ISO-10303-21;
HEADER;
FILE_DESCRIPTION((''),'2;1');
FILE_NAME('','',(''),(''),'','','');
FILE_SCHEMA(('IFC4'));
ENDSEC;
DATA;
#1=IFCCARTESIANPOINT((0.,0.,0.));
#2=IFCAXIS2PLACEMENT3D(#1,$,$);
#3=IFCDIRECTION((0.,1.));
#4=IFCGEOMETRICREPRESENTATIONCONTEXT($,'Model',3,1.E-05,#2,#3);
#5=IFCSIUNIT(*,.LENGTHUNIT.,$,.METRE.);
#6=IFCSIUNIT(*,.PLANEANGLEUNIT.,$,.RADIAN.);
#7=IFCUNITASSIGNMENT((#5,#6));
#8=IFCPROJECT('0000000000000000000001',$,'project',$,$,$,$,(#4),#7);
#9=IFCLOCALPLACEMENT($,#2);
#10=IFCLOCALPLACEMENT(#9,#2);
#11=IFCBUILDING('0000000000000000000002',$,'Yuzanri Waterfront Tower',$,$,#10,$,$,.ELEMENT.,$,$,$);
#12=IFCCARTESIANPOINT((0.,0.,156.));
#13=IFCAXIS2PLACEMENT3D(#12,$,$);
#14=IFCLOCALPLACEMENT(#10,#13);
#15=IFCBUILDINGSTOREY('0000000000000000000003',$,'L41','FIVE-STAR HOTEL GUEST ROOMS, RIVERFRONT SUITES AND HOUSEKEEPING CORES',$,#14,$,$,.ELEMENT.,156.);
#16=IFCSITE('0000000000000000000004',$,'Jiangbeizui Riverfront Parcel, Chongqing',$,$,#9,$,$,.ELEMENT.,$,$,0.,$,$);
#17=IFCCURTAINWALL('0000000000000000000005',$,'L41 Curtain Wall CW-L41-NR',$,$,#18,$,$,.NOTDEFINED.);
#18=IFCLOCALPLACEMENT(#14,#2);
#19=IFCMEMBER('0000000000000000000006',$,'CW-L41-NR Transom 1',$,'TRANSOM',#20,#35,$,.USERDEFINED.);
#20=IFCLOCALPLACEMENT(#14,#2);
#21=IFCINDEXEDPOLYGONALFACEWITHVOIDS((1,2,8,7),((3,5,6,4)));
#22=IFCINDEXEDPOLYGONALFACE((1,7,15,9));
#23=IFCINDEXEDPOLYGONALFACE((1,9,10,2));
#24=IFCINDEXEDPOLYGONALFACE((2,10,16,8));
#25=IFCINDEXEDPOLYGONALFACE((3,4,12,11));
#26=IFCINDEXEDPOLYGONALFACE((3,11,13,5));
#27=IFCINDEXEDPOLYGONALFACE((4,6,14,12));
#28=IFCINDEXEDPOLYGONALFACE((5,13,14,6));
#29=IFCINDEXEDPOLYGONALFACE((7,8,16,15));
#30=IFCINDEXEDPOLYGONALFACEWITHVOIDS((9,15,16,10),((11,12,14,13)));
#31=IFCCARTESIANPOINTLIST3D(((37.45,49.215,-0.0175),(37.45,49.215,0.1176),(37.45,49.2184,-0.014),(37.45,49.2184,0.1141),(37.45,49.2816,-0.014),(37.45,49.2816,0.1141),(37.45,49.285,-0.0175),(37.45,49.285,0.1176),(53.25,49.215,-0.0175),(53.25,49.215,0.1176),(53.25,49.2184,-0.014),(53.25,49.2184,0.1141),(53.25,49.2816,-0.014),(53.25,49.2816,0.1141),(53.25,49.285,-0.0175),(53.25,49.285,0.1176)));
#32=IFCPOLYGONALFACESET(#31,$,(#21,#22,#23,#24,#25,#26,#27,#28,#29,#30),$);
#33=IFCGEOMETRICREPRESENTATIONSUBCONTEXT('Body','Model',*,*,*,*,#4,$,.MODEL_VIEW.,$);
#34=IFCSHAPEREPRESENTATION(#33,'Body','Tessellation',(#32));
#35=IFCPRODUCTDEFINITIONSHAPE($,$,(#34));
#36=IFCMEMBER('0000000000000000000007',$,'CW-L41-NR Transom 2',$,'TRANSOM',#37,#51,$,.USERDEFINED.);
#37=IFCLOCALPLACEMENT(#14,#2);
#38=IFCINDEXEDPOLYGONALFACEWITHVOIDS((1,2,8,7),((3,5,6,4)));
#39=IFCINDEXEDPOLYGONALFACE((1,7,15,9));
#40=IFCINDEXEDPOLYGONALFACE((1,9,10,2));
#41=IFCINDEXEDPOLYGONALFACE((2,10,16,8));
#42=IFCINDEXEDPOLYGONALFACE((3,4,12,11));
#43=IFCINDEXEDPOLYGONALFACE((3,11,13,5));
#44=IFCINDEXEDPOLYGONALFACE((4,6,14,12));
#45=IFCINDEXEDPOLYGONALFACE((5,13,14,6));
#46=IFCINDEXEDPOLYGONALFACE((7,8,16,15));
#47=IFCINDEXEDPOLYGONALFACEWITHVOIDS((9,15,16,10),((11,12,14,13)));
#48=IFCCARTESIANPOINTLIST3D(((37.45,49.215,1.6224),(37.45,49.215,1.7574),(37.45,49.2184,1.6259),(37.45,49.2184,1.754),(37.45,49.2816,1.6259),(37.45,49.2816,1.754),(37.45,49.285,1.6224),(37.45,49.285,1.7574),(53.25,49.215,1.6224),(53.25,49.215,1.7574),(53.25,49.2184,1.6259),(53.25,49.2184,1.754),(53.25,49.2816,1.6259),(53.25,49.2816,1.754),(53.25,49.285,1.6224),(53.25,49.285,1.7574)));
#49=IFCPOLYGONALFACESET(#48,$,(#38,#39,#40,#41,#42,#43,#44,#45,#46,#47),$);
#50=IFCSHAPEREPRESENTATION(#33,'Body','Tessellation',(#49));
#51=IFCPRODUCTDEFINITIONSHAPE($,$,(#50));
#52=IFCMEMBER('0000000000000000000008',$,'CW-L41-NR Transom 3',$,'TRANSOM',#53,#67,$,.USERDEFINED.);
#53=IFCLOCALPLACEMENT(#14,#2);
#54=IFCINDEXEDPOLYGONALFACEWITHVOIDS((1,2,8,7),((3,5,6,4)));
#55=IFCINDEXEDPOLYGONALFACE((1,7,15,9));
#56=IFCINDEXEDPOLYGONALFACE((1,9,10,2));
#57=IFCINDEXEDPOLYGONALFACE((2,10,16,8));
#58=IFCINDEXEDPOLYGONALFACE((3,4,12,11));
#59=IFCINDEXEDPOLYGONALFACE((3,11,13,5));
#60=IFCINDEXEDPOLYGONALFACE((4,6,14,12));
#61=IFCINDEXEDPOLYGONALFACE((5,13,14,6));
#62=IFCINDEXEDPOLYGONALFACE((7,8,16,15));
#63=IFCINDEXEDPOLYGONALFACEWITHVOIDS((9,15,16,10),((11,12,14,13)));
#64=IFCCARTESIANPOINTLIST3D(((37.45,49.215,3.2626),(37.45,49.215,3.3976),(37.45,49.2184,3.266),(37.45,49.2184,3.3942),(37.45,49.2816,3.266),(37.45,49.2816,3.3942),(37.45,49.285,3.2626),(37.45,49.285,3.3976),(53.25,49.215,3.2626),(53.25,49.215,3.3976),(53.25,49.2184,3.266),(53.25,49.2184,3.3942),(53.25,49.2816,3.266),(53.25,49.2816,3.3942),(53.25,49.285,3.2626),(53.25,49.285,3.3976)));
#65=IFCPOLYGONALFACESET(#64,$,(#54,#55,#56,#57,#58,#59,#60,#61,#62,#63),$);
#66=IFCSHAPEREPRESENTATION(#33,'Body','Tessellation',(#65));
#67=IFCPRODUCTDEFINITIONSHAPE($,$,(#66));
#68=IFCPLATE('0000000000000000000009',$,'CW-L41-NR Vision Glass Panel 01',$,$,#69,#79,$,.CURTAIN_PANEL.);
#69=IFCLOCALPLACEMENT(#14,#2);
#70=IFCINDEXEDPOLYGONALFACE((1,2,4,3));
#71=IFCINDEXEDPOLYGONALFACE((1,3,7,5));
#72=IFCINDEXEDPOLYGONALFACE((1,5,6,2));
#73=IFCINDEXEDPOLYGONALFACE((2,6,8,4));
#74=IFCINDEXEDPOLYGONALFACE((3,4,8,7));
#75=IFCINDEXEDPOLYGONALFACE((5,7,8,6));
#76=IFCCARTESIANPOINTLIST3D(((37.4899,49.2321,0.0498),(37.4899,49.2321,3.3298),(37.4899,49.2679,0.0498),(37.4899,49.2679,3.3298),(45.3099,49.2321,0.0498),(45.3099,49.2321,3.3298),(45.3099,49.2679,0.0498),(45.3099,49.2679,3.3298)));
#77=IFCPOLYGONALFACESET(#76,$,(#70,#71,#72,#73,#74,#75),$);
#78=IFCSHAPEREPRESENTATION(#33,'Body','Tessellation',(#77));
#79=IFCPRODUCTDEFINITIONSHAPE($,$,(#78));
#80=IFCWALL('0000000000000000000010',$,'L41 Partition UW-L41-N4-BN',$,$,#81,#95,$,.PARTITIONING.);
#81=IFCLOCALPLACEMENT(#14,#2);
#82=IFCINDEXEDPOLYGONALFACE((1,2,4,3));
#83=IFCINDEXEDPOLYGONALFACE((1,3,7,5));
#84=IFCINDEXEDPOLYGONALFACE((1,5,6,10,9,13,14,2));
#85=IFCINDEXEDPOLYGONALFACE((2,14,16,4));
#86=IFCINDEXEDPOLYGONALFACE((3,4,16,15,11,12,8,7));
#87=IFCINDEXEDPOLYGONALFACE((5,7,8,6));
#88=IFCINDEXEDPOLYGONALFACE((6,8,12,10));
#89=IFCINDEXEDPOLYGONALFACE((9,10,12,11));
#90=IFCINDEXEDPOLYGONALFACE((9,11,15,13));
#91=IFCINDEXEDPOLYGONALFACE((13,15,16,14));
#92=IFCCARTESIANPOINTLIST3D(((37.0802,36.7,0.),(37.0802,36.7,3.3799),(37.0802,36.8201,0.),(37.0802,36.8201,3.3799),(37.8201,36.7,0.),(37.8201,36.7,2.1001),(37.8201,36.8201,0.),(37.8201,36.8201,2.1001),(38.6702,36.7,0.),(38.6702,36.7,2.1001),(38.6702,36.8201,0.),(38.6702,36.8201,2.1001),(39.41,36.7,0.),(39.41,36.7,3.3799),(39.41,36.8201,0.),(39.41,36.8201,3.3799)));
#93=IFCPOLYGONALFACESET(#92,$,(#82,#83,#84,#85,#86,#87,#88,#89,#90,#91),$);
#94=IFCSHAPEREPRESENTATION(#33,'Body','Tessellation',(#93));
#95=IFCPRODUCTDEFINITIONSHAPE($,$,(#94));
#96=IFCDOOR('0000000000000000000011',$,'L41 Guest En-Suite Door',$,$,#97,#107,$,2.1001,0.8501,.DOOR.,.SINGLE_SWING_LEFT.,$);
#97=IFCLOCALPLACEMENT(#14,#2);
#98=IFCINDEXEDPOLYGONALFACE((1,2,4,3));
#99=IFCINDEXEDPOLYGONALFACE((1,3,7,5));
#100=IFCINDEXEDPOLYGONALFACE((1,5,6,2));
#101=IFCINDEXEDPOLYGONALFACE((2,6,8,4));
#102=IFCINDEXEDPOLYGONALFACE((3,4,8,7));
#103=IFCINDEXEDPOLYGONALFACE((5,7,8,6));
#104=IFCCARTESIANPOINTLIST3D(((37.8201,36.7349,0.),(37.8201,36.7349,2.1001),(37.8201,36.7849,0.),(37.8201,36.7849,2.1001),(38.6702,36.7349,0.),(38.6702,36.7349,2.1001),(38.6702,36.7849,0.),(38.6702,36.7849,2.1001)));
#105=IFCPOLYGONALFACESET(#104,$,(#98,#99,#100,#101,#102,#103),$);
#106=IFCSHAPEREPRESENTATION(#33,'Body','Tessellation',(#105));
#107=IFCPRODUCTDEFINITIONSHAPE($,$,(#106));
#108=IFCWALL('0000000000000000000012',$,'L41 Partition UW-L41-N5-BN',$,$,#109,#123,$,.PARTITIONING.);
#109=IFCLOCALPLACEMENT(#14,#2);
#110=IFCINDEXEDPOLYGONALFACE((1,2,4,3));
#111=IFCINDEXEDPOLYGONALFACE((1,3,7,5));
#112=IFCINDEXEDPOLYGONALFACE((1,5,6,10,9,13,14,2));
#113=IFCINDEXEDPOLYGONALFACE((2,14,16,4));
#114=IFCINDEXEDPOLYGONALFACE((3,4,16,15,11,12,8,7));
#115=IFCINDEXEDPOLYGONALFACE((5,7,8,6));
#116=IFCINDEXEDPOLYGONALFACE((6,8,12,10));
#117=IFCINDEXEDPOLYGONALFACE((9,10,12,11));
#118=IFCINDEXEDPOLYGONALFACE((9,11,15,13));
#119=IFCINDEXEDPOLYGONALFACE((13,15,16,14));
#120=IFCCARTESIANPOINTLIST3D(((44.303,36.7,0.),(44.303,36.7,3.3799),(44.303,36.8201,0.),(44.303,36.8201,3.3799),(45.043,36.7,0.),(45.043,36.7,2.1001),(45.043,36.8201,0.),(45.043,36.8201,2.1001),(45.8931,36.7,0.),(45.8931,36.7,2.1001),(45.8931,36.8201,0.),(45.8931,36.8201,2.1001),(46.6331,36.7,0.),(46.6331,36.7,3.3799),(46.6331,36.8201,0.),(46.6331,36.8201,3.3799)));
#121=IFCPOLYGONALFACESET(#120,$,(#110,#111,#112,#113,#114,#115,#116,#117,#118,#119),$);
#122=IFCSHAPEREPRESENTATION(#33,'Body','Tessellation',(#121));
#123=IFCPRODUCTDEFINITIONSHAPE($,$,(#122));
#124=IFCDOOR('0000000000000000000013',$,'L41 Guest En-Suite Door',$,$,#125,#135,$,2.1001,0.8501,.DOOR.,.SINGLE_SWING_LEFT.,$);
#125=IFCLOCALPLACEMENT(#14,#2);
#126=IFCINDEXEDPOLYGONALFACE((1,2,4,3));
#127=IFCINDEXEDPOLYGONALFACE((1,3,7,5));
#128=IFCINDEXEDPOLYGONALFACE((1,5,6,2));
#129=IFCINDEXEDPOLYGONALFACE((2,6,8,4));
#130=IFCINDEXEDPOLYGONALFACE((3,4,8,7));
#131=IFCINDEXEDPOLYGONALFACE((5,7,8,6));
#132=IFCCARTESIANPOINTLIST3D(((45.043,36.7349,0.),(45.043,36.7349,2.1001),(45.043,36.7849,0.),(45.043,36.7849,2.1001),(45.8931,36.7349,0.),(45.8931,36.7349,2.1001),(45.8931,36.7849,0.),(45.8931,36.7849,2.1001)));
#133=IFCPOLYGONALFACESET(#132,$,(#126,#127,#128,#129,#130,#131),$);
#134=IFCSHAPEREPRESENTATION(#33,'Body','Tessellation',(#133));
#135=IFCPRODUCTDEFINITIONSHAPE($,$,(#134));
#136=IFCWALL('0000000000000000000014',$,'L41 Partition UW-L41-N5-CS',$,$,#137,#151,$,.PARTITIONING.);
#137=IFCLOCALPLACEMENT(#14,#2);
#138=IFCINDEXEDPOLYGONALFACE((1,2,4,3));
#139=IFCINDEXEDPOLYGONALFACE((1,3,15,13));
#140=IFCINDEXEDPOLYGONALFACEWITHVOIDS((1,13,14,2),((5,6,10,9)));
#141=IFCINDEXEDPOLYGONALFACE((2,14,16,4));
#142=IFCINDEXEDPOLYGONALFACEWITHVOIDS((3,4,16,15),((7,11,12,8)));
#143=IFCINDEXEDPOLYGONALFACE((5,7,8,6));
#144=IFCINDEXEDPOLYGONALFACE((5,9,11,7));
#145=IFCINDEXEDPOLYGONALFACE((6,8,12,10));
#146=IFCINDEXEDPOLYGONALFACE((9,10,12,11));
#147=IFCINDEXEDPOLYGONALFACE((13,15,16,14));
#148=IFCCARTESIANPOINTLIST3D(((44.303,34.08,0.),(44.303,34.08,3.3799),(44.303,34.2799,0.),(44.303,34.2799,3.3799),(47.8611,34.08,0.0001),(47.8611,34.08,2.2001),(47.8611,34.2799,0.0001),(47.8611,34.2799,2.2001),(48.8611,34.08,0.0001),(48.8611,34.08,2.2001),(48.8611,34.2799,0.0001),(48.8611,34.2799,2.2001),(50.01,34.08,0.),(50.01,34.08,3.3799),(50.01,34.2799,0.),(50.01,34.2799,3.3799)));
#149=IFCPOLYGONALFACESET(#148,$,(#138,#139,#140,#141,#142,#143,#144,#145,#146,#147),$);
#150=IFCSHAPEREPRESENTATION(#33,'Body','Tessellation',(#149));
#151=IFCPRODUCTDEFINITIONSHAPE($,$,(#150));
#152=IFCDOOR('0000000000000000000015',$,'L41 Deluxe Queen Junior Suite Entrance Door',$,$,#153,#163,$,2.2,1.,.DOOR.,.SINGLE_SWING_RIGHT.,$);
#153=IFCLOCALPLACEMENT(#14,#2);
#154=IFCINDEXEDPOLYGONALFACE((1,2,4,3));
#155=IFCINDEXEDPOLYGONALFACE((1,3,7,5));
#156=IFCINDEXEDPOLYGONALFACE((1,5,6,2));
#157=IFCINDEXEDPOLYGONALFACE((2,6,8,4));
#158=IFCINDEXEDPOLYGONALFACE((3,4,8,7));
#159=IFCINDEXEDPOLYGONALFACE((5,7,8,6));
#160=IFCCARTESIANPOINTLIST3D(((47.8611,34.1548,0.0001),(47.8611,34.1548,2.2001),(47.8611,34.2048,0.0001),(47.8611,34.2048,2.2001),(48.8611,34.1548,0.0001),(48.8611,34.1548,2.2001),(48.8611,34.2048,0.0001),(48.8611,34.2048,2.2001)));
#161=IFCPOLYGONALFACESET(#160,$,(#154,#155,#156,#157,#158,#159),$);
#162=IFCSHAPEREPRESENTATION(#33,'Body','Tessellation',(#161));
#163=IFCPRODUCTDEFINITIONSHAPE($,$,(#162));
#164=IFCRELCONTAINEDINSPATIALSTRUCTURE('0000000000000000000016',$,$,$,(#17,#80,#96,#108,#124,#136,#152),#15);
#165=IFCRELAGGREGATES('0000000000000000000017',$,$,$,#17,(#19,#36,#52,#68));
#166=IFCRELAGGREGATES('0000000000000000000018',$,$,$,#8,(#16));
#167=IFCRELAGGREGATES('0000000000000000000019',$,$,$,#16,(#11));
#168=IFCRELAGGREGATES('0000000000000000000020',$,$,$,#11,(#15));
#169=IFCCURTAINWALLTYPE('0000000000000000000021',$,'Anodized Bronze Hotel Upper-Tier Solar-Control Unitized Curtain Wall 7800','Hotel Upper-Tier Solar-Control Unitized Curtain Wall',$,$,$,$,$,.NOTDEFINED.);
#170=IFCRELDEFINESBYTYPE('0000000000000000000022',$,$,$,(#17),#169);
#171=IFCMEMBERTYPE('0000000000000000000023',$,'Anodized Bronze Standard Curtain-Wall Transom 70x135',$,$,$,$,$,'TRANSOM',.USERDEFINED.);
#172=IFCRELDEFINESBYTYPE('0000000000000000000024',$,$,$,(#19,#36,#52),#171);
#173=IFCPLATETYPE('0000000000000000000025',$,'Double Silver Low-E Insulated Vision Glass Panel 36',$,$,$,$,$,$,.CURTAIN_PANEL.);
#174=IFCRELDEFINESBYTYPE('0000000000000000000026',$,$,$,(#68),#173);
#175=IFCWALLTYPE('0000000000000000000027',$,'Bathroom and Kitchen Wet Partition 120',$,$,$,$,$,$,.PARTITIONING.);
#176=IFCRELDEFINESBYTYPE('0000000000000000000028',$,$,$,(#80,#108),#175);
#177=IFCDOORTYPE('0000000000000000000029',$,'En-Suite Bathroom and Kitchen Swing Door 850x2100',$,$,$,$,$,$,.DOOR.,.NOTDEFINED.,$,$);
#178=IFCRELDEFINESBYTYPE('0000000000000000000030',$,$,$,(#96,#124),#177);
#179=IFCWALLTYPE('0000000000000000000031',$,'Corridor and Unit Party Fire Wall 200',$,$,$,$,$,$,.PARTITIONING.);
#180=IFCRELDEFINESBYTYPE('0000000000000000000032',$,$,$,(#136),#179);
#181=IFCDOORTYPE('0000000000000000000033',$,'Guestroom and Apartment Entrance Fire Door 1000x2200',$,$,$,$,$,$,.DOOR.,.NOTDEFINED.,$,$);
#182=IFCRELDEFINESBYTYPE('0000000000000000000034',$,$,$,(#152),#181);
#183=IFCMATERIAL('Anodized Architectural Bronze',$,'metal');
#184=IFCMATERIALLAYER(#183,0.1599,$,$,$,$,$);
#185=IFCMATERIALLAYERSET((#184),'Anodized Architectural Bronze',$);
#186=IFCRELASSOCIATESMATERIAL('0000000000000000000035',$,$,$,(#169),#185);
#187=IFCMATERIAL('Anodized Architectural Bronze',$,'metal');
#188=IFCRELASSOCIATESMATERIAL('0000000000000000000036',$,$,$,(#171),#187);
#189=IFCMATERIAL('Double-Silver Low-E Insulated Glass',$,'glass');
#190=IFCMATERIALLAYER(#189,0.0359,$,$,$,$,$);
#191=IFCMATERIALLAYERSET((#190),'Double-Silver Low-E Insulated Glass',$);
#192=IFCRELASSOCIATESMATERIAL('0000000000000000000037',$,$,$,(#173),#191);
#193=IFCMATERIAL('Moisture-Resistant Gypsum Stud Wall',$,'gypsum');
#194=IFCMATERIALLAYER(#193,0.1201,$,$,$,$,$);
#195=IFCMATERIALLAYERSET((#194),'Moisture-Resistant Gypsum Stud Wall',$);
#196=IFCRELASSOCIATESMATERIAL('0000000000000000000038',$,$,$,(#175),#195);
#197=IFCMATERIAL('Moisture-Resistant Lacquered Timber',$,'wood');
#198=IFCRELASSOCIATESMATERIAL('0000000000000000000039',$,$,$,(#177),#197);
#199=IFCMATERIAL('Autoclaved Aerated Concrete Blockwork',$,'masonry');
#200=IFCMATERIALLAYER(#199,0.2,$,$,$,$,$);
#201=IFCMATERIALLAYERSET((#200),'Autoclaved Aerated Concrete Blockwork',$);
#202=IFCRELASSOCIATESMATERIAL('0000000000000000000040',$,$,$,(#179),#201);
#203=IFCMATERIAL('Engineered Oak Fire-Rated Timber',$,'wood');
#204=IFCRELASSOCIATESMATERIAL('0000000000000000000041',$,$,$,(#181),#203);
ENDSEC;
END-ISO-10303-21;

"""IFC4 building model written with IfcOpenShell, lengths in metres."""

from ifc_helpers import new_model, si_unit, direction, frame, frame_2d, origin, origin_2d, place, context, subcontext, project, spatial, rectangle, hollow_rectangle, extrude, source, transform, mapped, material, layer, layer_set, material_profile, profile_set, type_object, element, fill, aggregate, save


model = new_model("IFC4")

# Units and contexts
model_context = context("Model", 3, precision=1e-05, world=origin(), true_north=direction((0.0, 1.0)))
body_context = subcontext(model_context, "Body", "Model", "MODEL_VIEW")
ifc_project = project(units=[si_unit("LENGTHUNIT", "METRE"), si_unit("PLANEANGLEUNIT", "RADIAN")], contexts=[model_context])

# Site, building, storey
site_placement = place(None, origin())
site = spatial("IfcSite", under=ifc_project, at=site_placement, Name="Jiangbeizui Riverfront Parcel, Chongqing", CompositionType="ELEMENT", RefElevation=0.0)
building_placement = place(site_placement, origin())
building = spatial("IfcBuilding", under=site, at=building_placement, Name="Yuzanri Waterfront Tower", CompositionType="ELEMENT")
storey_placement = place(building_placement, frame((0.0, 0.0, 156.0)))
storey = spatial("IfcBuildingStorey", under=building, at=storey_placement, Name="L41", Description="FIVE-STAR HOTEL GUEST ROOMS, RIVERFRONT SUITES AND HOUSEKEEPING CORES", CompositionType="ELEMENT", Elevation=156.0)

# Shared definitions
ifc_material_1 = material(Name="Anodized Architectural Bronze", Category="metal")
ifc_layer_1 = layer(ifc_material_1, 0.1599)
ifc_layer_set_1 = layer_set([ifc_layer_1], Name="Anodized Architectural Bronze")
curtain_wall_type = type_object("IfcCurtainWallType", Name="Anodized Bronze Hotel Upper-Tier Solar-Control Unitized Curtain Wall 7800", Description="Hotel Upper-Tier Solar-Control Unitized Curtain Wall", PredefinedType="NOTDEFINED", material=ifc_layer_set_1)

# Curtain wall, members, plate
curtain_wall_1_placement = place(storey_placement, origin())
curtain_wall_1 = element("IfcCurtainWall", 1, at=curtain_wall_1_placement, inside=storey, type_object=curtain_wall_type, Name="L41 Curtain Wall CW-L41-NR", PredefinedType="NOTDEFINED")
ifc_material_2 = material(Name="Anodized Architectural Bronze", Category="metal")
ifc_material_profile_1 = material_profile(ifc_material_2, hollow_rectangle(XDim=0.0701, YDim=0.135, WallThickness=0.0034, at=origin_2d()), Name="CWT 70x135")
ifc_profile_set_1 = profile_set([ifc_material_profile_1], Name="Anodized Architectural Bronze")
member_type_1 = type_object("IfcMemberType", Name="Anodized Bronze Standard Curtain-Wall Transom 70x135", ElementType="TRANSOM", PredefinedType="USERDEFINED", material=ifc_profile_set_1)
shared_shape_1 = source(origin(), body_context, "Body", "SweptSolid", [
    extrude(hollow_rectangle(XDim=0.0701, YDim=0.135, WallThickness=0.0034, at=origin_2d()), origin(), (0.0, 0.0, 1.0), 15.8),
])
member_1_placement = place(storey_placement, frame((37.45, 49.25, 0.05), z_axis=(1.0, 0.0, 0.0), x_axis=(0.0, 1.0, 0.0)))
member_1 = element("IfcMember", 2, at=member_1_placement, type_object=member_type_1, Name="CW-L41-NR Transom 1", ObjectType="TRANSOM", PredefinedType="USERDEFINED", context=body_context, shape_type="MappedRepresentation", body=[
    mapped(shared_shape_1, transform((0.0, 0.0, 0.0), scale=1.0)),
])
member_2_placement = place(storey_placement, frame((37.45, 49.25, 1.6899), z_axis=(1.0, 0.0, 0.0), x_axis=(0.0, 1.0, 0.0)))
member_2 = element("IfcMember", 3, at=member_2_placement, type_object=member_type_1, Name="CW-L41-NR Transom 2", ObjectType="TRANSOM", PredefinedType="USERDEFINED", context=body_context, shape_type="MappedRepresentation", body=[
    mapped(shared_shape_1, transform((0.0, 0.0, 0.0), scale=1.0)),
])
member_3_placement = place(storey_placement, frame((37.45, 49.25, 3.3301), z_axis=(1.0, 0.0, 0.0), x_axis=(0.0, 1.0, 0.0)))
member_3 = element("IfcMember", 4, at=member_3_placement, type_object=member_type_1, Name="CW-L41-NR Transom 3", ObjectType="TRANSOM", PredefinedType="USERDEFINED", context=body_context, shape_type="MappedRepresentation", body=[
    mapped(shared_shape_1, transform((0.0, 0.0, 0.0), scale=1.0)),
])
ifc_material_3 = material(Name="Double-Silver Low-E Insulated Glass", Category="glass")
ifc_layer_2 = layer(ifc_material_3, 0.0359)
ifc_layer_set_2 = layer_set([ifc_layer_2], Name="Double-Silver Low-E Insulated Glass")
plate_type = type_object("IfcPlateType", Name="Double Silver Low-E Insulated Vision Glass Panel 36", PredefinedType="CURTAIN_PANEL", material=ifc_layer_set_2)
shared_shape_2 = source(origin(), body_context, "Body", "SweptSolid", [
    extrude(rectangle(XDim=7.8201, YDim=0.0359, at=origin_2d()), origin(), (0.0, 0.0, 1.0), 3.28),
])
plate_placement = place(storey_placement, frame((41.3999, 49.25, 0.0498), z_axis=(0.0, 0.0, 1.0), x_axis=(1.0, 0.0, 0.0)))
plate = element("IfcPlate", 5, at=plate_placement, type_object=plate_type, Name="CW-L41-NR Vision Glass Panel 01", PredefinedType="CURTAIN_PANEL", context=body_context, shape_type="MappedRepresentation", body=[
    mapped(shared_shape_2, transform((0.0, 0.0, 0.0), scale=1.0)),
])
aggregate(curtain_wall_1, [member_1, member_2, member_3, plate])

# Walls, openings, doors
ifc_material_4 = material(Name="Moisture-Resistant Gypsum Stud Wall", Category="gypsum")
ifc_layer_3 = layer(ifc_material_4, 0.1201)
ifc_layer_set_3 = layer_set([ifc_layer_3], Name="Moisture-Resistant Gypsum Stud Wall")
wall_type_1 = type_object("IfcWallType", Name="Bathroom and Kitchen Wet Partition 120", PredefinedType="PARTITIONING", material=ifc_layer_set_3)
wall_1_placement = place(storey_placement, frame((37.0801, 36.76, 0.0), z_axis=(0.0, 0.0, 1.0), x_axis=(1.0, 0.0, 0.0)))
wall_1 = element("IfcWall", 6, at=wall_1_placement, inside=storey, type_object=wall_type_1, Name="L41 Partition UW-L41-N4-BN", PredefinedType="PARTITIONING", context=body_context, shape_type="SweptSolid", body=[
    extrude(rectangle(XDim=2.3298, YDim=0.1201, at=frame_2d((1.165, 0.0))), origin(), (0.0, 0.0, 1.0), 3.3799),
])
opening_1_placement = place(wall_1_placement, frame((0.74, 0.0, 0.0)))
opening_1 = element("IfcOpeningElement", 7, at=opening_1_placement, cuts=wall_1, PredefinedType="OPENING", context=body_context, shape_type="SweptSolid", body=[
    extrude(rectangle(XDim=0.8501, YDim=2.1001, at=frame_2d((0.425, 1.05))), frame((0.0, 0.075, 0.0), z_axis=(0.0, -1.0, 0.0), x_axis=(1.0, 0.0, 0.0)), (0.0, 0.0, 1.0), 0.1499),
])
ifc_material_5 = material(Name="Moisture-Resistant Lacquered Timber", Category="wood")
door_type_1 = type_object("IfcDoorType", Name="En-Suite Bathroom and Kitchen Swing Door 850x2100", OperationType="NOTDEFINED", PredefinedType="DOOR", material=ifc_material_5)
shared_shape_3 = source(origin(), body_context, "Body", "SweptSolid", [
    extrude(rectangle(XDim=0.8501, YDim=2.1001, at=frame_2d((0.425, 1.05))), frame((0.0, 0.0249, 0.0), z_axis=(0.0, -1.0, 0.0), x_axis=(1.0, 0.0, 0.0)), (0.0, 0.0, 1.0), 0.05),
])
door_1_placement = place(opening_1_placement, origin())
door_1 = element("IfcDoor", 8, at=door_1_placement, inside=storey, type_object=door_type_1, Name="L41 Guest En-Suite Door", OperationType="SINGLE_SWING_LEFT", OverallHeight=2.1001, OverallWidth=0.8501, PredefinedType="DOOR", context=body_context, shape_type="MappedRepresentation", body=[
    mapped(shared_shape_3, transform((0.0, 0.0, 0.0), scale=1.0)),
])
fill(opening_1, door_1)
wall_2_placement = place(storey_placement, frame((44.303, 36.76, 0.0), z_axis=(0.0, 0.0, 1.0), x_axis=(1.0, 0.0, 0.0)))
wall_2 = element("IfcWall", 9, at=wall_2_placement, inside=storey, type_object=wall_type_1, Name="L41 Partition UW-L41-N5-BN", PredefinedType="PARTITIONING", context=body_context, shape_type="SweptSolid", body=[
    extrude(rectangle(XDim=2.3301, YDim=0.1201, at=frame_2d((1.165, 0.0))), origin(), (0.0, 0.0, 1.0), 3.3799),
])
opening_2_placement = place(wall_2_placement, frame((0.74, 0.0, 0.0)))
opening_2 = element("IfcOpeningElement", 10, at=opening_2_placement, cuts=wall_2, PredefinedType="OPENING", context=body_context, shape_type="SweptSolid", body=[
    extrude(rectangle(XDim=0.8501, YDim=2.1001, at=frame_2d((0.425, 1.05))), frame((0.0, 0.075, 0.0), z_axis=(0.0, -1.0, 0.0), x_axis=(1.0, 0.0, 0.0)), (0.0, 0.0, 1.0), 0.1499),
])
door_2_placement = place(opening_2_placement, origin())
door_2 = element("IfcDoor", 11, at=door_2_placement, inside=storey, type_object=door_type_1, Name="L41 Guest En-Suite Door", OperationType="SINGLE_SWING_LEFT", OverallHeight=2.1001, OverallWidth=0.8501, PredefinedType="DOOR", context=body_context, shape_type="MappedRepresentation", body=[
    mapped(shared_shape_3, transform((0.0, 0.0, 0.0), scale=1.0)),
])
fill(opening_2, door_2)
ifc_material_6 = material(Name="Autoclaved Aerated Concrete Blockwork", Category="masonry")
ifc_layer_4 = layer(ifc_material_6, 0.2)
ifc_layer_set_4 = layer_set([ifc_layer_4], Name="Autoclaved Aerated Concrete Blockwork")
wall_type_2 = type_object("IfcWallType", Name="Corridor and Unit Party Fire Wall 200", PredefinedType="PARTITIONING", material=ifc_layer_set_4)
wall_3_placement = place(storey_placement, frame((44.303, 34.1799, 0.0), z_axis=(0.0, 0.0, 1.0), x_axis=(1.0, 0.0, 0.0)))
wall_3 = element("IfcWall", 12, at=wall_3_placement, inside=storey, type_object=wall_type_2, Name="L41 Partition UW-L41-N5-CS", PredefinedType="PARTITIONING", context=body_context, shape_type="SweptSolid", body=[
    extrude(rectangle(XDim=5.707, YDim=0.2, at=frame_2d((2.8535, 0.0))), origin(), (0.0, 0.0, 1.0), 3.3799),
])
opening_3_placement = place(wall_3_placement, frame((3.5581, 0.0, 0.0)))
opening_3 = element("IfcOpeningElement", 13, at=opening_3_placement, cuts=wall_3, PredefinedType="OPENING", context=body_context, shape_type="SweptSolid", body=[
    extrude(rectangle(XDim=1.0, YDim=2.2, at=frame_2d((0.5, 1.1001))), frame((0.0, 0.1147, 0.0), z_axis=(0.0, -1.0, 0.0), x_axis=(1.0, 0.0, 0.0)), (0.0, 0.0, 1.0), 0.2297),
])
ifc_material_7 = material(Name="Engineered Oak Fire-Rated Timber", Category="wood")
door_type_2 = type_object("IfcDoorType", Name="Guestroom and Apartment Entrance Fire Door 1000x2200", OperationType="NOTDEFINED", PredefinedType="DOOR", material=ifc_material_7)
shared_shape_4 = source(origin(), body_context, "Body", "SweptSolid", [
    extrude(rectangle(XDim=1.0, YDim=2.2, at=frame_2d((0.5, 1.1001))), frame((0.0, 0.0249, 0.0), z_axis=(0.0, -1.0, 0.0), x_axis=(1.0, 0.0, 0.0)), (0.0, 0.0, 1.0), 0.05),
])
door_3_placement = place(opening_3_placement, origin())
door_3 = element("IfcDoor", 14, at=door_3_placement, inside=storey, type_object=door_type_2, Name="L41 Deluxe Queen Junior Suite Entrance Door", OperationType="SINGLE_SWING_RIGHT", OverallHeight=2.2, OverallWidth=1.0, PredefinedType="DOOR", context=body_context, shape_type="MappedRepresentation", body=[
    mapped(shared_shape_4, transform((0.0, 0.0, 0.0), scale=1.0)),
])
fill(opening_3, door_3)

save(model, "model.ifc")
